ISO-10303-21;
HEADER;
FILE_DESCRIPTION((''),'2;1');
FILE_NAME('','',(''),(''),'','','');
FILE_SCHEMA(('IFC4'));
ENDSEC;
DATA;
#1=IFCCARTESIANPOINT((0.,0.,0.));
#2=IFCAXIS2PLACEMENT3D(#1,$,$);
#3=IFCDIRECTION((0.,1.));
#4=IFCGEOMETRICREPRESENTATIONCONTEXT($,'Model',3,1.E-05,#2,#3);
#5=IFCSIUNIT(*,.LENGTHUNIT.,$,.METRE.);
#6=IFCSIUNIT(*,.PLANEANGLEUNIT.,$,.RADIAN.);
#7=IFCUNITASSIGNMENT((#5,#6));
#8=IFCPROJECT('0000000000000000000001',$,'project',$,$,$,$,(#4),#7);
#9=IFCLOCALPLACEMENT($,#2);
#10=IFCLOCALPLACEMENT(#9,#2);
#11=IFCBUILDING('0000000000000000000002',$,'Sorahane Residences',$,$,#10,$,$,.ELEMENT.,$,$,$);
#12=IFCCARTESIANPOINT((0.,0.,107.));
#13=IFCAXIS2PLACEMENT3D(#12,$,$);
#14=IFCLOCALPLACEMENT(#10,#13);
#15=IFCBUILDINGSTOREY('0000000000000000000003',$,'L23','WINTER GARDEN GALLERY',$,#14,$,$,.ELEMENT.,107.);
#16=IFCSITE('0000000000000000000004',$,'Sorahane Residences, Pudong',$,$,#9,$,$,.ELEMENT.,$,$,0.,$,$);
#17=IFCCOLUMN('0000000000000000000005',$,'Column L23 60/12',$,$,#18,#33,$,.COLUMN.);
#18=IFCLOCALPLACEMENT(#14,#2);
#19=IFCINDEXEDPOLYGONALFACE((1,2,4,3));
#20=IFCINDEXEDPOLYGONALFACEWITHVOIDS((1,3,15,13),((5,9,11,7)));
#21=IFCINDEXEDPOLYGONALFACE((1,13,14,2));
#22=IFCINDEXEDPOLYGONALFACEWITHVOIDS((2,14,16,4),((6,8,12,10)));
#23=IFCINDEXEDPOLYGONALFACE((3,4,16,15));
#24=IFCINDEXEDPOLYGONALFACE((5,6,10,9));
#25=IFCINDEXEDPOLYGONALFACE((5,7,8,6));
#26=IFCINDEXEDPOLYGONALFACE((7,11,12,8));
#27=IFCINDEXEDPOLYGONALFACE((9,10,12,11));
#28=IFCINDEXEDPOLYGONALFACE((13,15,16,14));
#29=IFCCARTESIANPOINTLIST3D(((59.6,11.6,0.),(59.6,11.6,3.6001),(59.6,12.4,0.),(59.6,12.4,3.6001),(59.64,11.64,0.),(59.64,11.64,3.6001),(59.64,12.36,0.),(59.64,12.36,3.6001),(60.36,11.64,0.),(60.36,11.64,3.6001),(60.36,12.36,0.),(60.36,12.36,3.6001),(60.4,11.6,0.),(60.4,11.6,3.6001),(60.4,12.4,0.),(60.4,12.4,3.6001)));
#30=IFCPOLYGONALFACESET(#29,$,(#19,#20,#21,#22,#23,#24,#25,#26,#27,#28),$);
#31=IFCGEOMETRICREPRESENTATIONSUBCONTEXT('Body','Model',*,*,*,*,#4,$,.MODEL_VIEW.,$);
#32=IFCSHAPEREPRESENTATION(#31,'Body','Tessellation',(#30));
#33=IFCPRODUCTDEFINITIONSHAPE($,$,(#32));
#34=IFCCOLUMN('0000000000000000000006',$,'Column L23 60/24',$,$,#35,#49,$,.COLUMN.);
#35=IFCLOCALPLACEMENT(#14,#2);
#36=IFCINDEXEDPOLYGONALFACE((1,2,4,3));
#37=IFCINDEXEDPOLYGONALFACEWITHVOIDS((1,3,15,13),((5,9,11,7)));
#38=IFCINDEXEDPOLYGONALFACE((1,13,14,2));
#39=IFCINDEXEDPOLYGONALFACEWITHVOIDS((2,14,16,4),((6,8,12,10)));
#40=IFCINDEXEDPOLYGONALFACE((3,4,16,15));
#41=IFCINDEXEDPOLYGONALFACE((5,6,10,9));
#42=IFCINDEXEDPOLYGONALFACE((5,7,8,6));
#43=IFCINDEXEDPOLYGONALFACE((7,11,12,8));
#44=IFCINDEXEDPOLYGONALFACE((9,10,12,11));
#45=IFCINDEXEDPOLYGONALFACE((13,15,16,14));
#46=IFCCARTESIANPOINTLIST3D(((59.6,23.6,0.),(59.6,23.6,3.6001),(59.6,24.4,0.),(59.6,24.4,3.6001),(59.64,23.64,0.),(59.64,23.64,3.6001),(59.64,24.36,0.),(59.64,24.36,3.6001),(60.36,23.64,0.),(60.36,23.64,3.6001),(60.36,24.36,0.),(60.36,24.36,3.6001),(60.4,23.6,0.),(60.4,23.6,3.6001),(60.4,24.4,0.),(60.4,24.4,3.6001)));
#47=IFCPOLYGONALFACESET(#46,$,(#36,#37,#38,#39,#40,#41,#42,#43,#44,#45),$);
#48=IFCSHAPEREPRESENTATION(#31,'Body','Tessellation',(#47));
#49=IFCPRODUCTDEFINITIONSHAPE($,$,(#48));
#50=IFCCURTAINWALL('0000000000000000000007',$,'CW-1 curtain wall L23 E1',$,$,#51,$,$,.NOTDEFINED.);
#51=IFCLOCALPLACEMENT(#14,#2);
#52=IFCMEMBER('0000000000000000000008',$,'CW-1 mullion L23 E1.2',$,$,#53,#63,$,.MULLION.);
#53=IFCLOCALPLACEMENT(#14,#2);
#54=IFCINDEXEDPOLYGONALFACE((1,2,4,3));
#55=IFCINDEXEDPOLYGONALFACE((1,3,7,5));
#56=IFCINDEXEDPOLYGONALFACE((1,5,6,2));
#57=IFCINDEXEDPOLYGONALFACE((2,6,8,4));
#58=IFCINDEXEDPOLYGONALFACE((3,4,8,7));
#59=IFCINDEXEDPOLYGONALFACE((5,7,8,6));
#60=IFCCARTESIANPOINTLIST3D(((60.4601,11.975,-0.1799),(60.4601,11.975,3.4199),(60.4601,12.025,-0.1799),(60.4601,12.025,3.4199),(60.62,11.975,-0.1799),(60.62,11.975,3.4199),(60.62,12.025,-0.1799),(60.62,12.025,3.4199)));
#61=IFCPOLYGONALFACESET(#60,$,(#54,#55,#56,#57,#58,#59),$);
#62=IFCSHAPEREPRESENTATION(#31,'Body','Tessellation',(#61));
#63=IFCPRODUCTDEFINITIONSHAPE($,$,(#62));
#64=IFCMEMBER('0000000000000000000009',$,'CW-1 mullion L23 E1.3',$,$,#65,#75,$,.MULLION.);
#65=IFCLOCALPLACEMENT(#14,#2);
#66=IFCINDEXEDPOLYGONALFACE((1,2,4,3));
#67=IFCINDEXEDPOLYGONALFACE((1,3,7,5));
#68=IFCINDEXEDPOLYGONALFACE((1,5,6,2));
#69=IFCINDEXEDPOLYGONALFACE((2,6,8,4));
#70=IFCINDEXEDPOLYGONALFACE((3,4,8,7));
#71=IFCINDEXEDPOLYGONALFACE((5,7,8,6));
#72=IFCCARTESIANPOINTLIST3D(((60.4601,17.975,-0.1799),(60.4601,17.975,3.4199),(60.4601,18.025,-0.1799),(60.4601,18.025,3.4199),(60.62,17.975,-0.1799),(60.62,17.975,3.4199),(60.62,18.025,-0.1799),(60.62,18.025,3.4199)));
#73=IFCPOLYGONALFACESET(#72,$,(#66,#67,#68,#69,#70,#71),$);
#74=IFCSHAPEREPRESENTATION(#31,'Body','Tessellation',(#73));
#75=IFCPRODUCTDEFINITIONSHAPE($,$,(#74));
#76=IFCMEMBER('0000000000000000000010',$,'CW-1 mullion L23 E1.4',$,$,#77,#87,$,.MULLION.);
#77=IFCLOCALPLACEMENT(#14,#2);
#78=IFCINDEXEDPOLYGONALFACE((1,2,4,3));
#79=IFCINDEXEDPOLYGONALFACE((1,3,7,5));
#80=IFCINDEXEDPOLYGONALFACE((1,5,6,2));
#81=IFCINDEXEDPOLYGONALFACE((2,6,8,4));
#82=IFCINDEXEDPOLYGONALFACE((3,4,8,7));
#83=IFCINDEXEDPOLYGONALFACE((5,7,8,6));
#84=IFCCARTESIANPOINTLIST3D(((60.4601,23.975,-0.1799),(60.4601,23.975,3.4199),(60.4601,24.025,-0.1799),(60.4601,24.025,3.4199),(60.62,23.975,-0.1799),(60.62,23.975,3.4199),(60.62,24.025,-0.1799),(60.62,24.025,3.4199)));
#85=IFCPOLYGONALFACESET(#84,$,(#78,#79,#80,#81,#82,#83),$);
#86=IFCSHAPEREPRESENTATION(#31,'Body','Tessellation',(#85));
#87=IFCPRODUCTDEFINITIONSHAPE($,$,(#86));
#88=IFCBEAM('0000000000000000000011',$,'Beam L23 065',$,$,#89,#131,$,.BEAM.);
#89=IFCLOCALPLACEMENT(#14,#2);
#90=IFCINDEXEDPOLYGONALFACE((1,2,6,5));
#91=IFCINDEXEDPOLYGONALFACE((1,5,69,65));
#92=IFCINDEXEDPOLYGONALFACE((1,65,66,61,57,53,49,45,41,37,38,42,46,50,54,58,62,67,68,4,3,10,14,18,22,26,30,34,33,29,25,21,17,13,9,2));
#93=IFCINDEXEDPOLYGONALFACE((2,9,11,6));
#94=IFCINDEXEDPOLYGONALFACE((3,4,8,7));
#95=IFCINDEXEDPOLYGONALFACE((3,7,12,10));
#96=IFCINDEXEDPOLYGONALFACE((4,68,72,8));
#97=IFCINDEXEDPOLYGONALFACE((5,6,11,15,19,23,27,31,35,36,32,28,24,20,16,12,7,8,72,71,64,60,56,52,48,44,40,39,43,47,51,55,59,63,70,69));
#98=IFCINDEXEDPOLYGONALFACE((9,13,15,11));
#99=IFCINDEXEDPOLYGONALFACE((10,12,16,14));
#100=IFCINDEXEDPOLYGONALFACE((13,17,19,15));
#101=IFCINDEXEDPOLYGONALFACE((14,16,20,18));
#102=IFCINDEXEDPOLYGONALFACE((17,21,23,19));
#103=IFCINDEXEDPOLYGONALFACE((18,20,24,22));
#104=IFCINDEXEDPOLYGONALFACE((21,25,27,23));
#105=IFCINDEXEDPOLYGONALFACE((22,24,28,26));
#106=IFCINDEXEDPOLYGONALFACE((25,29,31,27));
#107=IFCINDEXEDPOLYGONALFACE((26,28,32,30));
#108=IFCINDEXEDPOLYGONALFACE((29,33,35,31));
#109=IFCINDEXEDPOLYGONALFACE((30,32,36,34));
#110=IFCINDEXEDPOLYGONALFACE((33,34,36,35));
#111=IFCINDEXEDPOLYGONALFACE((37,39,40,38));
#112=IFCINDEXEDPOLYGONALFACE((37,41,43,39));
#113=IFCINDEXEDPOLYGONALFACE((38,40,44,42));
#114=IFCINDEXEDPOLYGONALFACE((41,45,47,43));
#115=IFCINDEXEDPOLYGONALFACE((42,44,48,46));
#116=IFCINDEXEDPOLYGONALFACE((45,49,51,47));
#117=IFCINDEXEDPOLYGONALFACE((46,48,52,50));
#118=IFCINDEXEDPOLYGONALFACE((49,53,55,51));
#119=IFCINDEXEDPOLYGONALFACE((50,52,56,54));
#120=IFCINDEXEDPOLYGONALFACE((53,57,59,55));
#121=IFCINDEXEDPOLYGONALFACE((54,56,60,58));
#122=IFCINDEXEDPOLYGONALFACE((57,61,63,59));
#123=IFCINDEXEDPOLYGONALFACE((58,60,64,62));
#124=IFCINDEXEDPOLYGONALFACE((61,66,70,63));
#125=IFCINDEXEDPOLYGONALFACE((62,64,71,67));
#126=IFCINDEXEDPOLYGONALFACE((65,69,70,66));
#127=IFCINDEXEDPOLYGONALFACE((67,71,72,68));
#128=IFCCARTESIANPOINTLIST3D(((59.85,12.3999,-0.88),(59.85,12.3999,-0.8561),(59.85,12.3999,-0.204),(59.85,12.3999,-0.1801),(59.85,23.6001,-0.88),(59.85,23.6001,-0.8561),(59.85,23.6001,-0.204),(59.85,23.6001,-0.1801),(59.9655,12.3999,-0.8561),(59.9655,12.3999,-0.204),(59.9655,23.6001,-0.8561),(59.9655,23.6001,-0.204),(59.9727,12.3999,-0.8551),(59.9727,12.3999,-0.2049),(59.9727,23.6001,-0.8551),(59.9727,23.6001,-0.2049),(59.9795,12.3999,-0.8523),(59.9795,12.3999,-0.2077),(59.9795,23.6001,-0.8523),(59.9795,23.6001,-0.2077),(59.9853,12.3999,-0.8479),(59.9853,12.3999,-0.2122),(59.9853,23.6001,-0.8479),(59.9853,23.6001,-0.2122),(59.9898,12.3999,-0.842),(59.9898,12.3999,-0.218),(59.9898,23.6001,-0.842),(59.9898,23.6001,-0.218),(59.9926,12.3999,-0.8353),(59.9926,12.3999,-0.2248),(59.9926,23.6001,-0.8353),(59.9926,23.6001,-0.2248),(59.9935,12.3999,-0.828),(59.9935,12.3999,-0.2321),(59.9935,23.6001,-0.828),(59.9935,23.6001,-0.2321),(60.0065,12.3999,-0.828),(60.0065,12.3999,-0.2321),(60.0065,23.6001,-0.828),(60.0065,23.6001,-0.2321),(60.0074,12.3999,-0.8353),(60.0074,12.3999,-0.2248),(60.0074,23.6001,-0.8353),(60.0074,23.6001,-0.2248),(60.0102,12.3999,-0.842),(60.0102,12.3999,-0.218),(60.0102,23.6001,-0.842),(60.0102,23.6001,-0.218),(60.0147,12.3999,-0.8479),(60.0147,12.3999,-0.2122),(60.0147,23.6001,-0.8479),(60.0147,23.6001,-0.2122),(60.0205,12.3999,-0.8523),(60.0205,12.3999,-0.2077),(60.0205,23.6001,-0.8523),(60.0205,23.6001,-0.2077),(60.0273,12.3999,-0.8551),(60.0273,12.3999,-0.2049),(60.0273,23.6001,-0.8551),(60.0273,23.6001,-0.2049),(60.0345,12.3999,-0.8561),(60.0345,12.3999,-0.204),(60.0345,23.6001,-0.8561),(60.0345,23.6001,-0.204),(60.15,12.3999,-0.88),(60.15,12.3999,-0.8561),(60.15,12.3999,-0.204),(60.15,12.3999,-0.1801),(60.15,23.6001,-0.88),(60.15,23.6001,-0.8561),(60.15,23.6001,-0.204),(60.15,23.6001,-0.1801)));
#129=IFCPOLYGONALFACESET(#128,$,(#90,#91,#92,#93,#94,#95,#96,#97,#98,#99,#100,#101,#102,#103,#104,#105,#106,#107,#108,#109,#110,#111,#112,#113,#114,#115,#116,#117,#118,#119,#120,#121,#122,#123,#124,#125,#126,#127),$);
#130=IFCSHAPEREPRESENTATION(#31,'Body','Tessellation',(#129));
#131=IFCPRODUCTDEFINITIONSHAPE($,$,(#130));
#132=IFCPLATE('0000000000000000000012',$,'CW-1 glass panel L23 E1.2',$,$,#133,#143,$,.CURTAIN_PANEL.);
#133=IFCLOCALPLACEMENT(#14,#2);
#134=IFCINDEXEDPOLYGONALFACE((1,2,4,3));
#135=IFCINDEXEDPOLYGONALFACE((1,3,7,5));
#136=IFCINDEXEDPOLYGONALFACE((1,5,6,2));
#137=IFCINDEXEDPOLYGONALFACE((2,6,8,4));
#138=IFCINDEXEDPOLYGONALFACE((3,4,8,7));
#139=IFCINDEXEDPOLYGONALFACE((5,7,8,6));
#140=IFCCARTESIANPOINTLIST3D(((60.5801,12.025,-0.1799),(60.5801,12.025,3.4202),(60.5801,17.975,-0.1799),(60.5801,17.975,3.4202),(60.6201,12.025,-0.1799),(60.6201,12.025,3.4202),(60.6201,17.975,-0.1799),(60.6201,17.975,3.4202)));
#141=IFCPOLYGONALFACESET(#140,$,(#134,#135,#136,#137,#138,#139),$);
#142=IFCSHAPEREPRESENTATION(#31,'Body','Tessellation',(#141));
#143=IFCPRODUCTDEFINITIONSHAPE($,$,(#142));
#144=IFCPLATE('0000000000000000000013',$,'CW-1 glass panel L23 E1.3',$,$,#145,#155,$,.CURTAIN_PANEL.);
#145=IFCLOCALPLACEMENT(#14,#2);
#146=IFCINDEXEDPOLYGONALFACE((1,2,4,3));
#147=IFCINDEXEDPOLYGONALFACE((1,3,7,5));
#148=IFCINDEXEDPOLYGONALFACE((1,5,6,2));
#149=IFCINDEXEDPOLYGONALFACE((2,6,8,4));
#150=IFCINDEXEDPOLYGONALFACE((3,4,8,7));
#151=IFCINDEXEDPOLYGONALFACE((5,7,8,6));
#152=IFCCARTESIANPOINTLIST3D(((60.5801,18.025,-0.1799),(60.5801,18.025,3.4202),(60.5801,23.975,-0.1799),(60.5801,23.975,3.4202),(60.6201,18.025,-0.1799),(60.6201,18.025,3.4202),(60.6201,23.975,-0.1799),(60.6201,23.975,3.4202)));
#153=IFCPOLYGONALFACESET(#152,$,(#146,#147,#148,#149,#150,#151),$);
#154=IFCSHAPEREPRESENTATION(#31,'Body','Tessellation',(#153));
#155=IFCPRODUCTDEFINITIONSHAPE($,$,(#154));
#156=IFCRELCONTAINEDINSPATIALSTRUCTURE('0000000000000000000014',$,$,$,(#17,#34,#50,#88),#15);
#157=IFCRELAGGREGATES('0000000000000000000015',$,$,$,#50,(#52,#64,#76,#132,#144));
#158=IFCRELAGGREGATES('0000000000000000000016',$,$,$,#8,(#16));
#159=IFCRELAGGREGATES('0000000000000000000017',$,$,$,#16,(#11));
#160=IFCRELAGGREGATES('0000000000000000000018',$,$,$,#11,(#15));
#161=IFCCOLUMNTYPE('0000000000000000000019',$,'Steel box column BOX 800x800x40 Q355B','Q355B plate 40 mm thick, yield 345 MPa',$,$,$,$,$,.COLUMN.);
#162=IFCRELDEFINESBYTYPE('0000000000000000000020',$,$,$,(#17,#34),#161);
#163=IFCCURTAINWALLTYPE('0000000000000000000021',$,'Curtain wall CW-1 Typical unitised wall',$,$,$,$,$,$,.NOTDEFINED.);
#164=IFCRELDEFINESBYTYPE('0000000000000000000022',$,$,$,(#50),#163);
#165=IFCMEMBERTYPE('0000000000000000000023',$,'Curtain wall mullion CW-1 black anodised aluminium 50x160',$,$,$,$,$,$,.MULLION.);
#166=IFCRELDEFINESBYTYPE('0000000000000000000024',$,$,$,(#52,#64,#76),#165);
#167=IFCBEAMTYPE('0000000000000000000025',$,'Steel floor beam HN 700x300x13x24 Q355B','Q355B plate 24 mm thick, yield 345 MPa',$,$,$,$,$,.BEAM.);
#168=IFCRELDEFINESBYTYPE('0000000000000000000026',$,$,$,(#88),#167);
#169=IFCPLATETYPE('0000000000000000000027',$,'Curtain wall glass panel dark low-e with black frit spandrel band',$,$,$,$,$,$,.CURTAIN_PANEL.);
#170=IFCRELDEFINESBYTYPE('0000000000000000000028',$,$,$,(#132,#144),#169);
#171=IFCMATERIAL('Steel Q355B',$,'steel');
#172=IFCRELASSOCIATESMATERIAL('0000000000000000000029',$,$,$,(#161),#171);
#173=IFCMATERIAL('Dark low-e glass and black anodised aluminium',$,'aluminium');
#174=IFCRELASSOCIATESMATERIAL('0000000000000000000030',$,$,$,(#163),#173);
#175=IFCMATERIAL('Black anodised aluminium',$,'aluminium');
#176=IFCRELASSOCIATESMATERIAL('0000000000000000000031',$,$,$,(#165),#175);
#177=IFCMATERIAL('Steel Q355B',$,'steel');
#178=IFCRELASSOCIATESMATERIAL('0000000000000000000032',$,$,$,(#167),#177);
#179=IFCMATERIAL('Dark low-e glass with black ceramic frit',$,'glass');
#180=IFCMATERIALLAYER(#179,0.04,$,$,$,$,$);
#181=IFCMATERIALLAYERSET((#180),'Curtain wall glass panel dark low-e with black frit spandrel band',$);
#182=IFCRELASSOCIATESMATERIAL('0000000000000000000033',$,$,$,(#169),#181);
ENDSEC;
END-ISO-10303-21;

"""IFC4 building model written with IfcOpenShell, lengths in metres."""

from ifc_helpers import new_model, si_unit, direction, frame, origin, origin_2d, place, context, subcontext, project, spatial, rectangle, hollow_rectangle, i_section, extrude, material, layer, layer_set, material_profile, profile_set, type_object, element, aggregate, save


model = new_model("IFC4")

# Units and contexts
model_context = context("Model", 3, precision=1e-05, world=origin(), true_north=direction((0.0, 1.0)))
body_context = subcontext(model_context, "Body", "Model", "MODEL_VIEW")
ifc_project = project(units=[si_unit("LENGTHUNIT", "METRE"), si_unit("PLANEANGLEUNIT", "RADIAN")], contexts=[model_context])

# Site, building, storey
site_placement = place(None, origin())
site = spatial("IfcSite", under=ifc_project, at=site_placement, Name="Sorahane Residences, Pudong", CompositionType="ELEMENT", RefElevation=0.0)
building_placement = place(site_placement, origin())
building = spatial("IfcBuilding", under=site, at=building_placement, Name="Sorahane Residences", CompositionType="ELEMENT")
storey_placement = place(building_placement, frame((0.0, 0.0, 107.0)))
storey = spatial("IfcBuildingStorey", under=building, at=storey_placement, Name="L23", Description="WINTER GARDEN GALLERY", CompositionType="ELEMENT", Elevation=107.0)

# Columns
ifc_material_1 = material(Name="Steel Q355B", Category="steel")
ifc_material_profile_1 = material_profile(ifc_material_1, hollow_rectangle(XDim=0.8, YDim=0.8, WallThickness=0.04, at=origin_2d()), Name="BOX 800x800x40")
ifc_profile_set_1 = profile_set([ifc_material_profile_1], Name="Steel Q355B")
column_type = type_object("IfcColumnType", Name="Steel box column BOX 800x800x40 Q355B", Description="Q355B plate 40 mm thick, yield 345 MPa", PredefinedType="COLUMN", material=ifc_profile_set_1)
for number, where, z_axis, x_axis, name in (
    (1, (60.0, 12.0, 0.0), (0.0, 0.0, 1.0), (1.0, 0.0, 0.0), "Column L23 60/12"),
    (2, (60.0, 24.0, 0.0), (0.0, 0.0, 1.0), (1.0, 0.0, 0.0), "Column L23 60/24"),
):
    element("IfcColumn", number, at=place(storey_placement, frame(where, z_axis=z_axis, x_axis=x_axis)), inside=storey, type_object=column_type, Name=name, PredefinedType="COLUMN", context=body_context, shape_type="SweptSolid", body=[
        extrude(hollow_rectangle(XDim=0.8, YDim=0.8, WallThickness=0.04, at=origin_2d()), origin(), (0.0, 0.0, 1.0), 3.6001),
    ])

# Curtain wall, members
ifc_material_2 = material(Name="Dark low-e glass and black anodised aluminium", Category="aluminium")
curtain_wall_type = type_object("IfcCurtainWallType", Name="Curtain wall CW-1 Typical unitised wall", PredefinedType="NOTDEFINED", material=ifc_material_2)
curtain_wall_placement = place(storey_placement, origin())
curtain_wall = element("IfcCurtainWall", 3, at=curtain_wall_placement, inside=storey, type_object=curtain_wall_type, Name="CW-1 curtain wall L23 E1", PredefinedType="NOTDEFINED")
ifc_material_3 = material(Name="Black anodised aluminium", Category="aluminium")
ifc_material_profile_2 = material_profile(ifc_material_3, rectangle(XDim=0.1599, YDim=0.05, at=origin_2d()), Name="Curtain wall mullion CW-1 black anodised aluminium 50x160")
ifc_profile_set_2 = profile_set([ifc_material_profile_2], Name="Black anodised aluminium")
member_type = type_object("IfcMemberType", Name="Curtain wall mullion CW-1 black anodised aluminium 50x160", PredefinedType="MULLION", material=ifc_profile_set_2)
member_1_placement = place(storey_placement, frame((60.54, 12.0, -0.1799), z_axis=(0.0, 0.0, 1.0), x_axis=(1.0, 0.0, 0.0)))
member_1 = element("IfcMember", 4, at=member_1_placement, type_object=member_type, Name="CW-1 mullion L23 E1.2", PredefinedType="MULLION", context=body_context, shape_type="SweptSolid", body=[
    extrude(rectangle(XDim=0.1599, YDim=0.05, at=origin_2d()), origin(), (0.0, 0.0, 1.0), 3.5999),
])
member_2_placement = place(storey_placement, frame((60.54, 18.0, -0.1799), z_axis=(0.0, 0.0, 1.0), x_axis=(1.0, 0.0, 0.0)))
member_2 = element("IfcMember", 5, at=member_2_placement, type_object=member_type, Name="CW-1 mullion L23 E1.3", PredefinedType="MULLION", context=body_context, shape_type="SweptSolid", body=[
    extrude(rectangle(XDim=0.1599, YDim=0.05, at=origin_2d()), origin(), (0.0, 0.0, 1.0), 3.5999),
])
member_3_placement = place(storey_placement, frame((60.54, 24.0, -0.1799), z_axis=(0.0, 0.0, 1.0), x_axis=(1.0, 0.0, 0.0)))
member_3 = element("IfcMember", 6, at=member_3_placement, type_object=member_type, Name="CW-1 mullion L23 E1.4", PredefinedType="MULLION", context=body_context, shape_type="SweptSolid", body=[
    extrude(rectangle(XDim=0.1599, YDim=0.05, at=origin_2d()), origin(), (0.0, 0.0, 1.0), 3.5999),
])

# Beam
ifc_material_4 = material(Name="Steel Q355B", Category="steel")
ifc_material_profile_3 = material_profile(ifc_material_4, i_section(OverallWidth=0.3, OverallDepth=0.7, WebThickness=0.0129, FlangeThickness=0.0239, FilletRadius=0.0281, at=origin_2d()), Name="HN 700x300x13x24")
ifc_profile_set_3 = profile_set([ifc_material_profile_3], Name="Steel Q355B")
beam_type = type_object("IfcBeamType", Name="Steel floor beam HN 700x300x13x24 Q355B", Description="Q355B plate 24 mm thick, yield 345 MPa", PredefinedType="BEAM", material=ifc_profile_set_3)
beam_placement = place(storey_placement, frame((60.0, 12.3999, -0.53), z_axis=(0.0, 1.0, 0.0), x_axis=(-1.0, 0.0, 0.0)))
element("IfcBeam", 7, at=beam_placement, inside=storey, type_object=beam_type, Name="Beam L23 065", PredefinedType="BEAM", context=body_context, shape_type="SweptSolid", body=[
    extrude(i_section(OverallWidth=0.3, OverallDepth=0.7, WebThickness=0.0129, FlangeThickness=0.0239, FilletRadius=0.0281, at=origin_2d()), origin(), (0.0, 0.0, 1.0), 11.2002),
])

# Plates
ifc_material_5 = material(Name="Dark low-e glass with black ceramic frit", Category="glass")
ifc_layer_1 = layer(ifc_material_5, 0.04)
ifc_layer_set_1 = layer_set([ifc_layer_1], Name="Curtain wall glass panel dark low-e with black frit spandrel band")
plate_type = type_object("IfcPlateType", Name="Curtain wall glass panel dark low-e with black frit spandrel band", PredefinedType="CURTAIN_PANEL", material=ifc_layer_set_1)
plate_1_placement = place(storey_placement, frame((60.6001, 15.0, -0.1799), z_axis=(0.0, 0.0, 1.0), x_axis=(0.0, 1.0, 0.0)))
plate_1 = element("IfcPlate", 8, at=plate_1_placement, type_object=plate_type, Name="CW-1 glass panel L23 E1.2", PredefinedType="CURTAIN_PANEL", context=body_context, shape_type="SweptSolid", body=[
    extrude(rectangle(XDim=5.95, YDim=0.04, at=origin_2d()), origin(), (0.0, 0.0, 1.0), 3.6001),
])
plate_2_placement = place(storey_placement, frame((60.6001, 21.0, -0.1799), z_axis=(0.0, 0.0, 1.0), x_axis=(0.0, 1.0, 0.0)))
plate_2 = element("IfcPlate", 9, at=plate_2_placement, type_object=plate_type, Name="CW-1 glass panel L23 E1.3", PredefinedType="CURTAIN_PANEL", context=body_context, shape_type="SweptSolid", body=[
    extrude(rectangle(XDim=5.95, YDim=0.04, at=origin_2d()), origin(), (0.0, 0.0, 1.0), 3.6001),
])
aggregate(curtain_wall, [member_1, member_2, member_3, plate_1, plate_2])

save(model, "model.ifc")
